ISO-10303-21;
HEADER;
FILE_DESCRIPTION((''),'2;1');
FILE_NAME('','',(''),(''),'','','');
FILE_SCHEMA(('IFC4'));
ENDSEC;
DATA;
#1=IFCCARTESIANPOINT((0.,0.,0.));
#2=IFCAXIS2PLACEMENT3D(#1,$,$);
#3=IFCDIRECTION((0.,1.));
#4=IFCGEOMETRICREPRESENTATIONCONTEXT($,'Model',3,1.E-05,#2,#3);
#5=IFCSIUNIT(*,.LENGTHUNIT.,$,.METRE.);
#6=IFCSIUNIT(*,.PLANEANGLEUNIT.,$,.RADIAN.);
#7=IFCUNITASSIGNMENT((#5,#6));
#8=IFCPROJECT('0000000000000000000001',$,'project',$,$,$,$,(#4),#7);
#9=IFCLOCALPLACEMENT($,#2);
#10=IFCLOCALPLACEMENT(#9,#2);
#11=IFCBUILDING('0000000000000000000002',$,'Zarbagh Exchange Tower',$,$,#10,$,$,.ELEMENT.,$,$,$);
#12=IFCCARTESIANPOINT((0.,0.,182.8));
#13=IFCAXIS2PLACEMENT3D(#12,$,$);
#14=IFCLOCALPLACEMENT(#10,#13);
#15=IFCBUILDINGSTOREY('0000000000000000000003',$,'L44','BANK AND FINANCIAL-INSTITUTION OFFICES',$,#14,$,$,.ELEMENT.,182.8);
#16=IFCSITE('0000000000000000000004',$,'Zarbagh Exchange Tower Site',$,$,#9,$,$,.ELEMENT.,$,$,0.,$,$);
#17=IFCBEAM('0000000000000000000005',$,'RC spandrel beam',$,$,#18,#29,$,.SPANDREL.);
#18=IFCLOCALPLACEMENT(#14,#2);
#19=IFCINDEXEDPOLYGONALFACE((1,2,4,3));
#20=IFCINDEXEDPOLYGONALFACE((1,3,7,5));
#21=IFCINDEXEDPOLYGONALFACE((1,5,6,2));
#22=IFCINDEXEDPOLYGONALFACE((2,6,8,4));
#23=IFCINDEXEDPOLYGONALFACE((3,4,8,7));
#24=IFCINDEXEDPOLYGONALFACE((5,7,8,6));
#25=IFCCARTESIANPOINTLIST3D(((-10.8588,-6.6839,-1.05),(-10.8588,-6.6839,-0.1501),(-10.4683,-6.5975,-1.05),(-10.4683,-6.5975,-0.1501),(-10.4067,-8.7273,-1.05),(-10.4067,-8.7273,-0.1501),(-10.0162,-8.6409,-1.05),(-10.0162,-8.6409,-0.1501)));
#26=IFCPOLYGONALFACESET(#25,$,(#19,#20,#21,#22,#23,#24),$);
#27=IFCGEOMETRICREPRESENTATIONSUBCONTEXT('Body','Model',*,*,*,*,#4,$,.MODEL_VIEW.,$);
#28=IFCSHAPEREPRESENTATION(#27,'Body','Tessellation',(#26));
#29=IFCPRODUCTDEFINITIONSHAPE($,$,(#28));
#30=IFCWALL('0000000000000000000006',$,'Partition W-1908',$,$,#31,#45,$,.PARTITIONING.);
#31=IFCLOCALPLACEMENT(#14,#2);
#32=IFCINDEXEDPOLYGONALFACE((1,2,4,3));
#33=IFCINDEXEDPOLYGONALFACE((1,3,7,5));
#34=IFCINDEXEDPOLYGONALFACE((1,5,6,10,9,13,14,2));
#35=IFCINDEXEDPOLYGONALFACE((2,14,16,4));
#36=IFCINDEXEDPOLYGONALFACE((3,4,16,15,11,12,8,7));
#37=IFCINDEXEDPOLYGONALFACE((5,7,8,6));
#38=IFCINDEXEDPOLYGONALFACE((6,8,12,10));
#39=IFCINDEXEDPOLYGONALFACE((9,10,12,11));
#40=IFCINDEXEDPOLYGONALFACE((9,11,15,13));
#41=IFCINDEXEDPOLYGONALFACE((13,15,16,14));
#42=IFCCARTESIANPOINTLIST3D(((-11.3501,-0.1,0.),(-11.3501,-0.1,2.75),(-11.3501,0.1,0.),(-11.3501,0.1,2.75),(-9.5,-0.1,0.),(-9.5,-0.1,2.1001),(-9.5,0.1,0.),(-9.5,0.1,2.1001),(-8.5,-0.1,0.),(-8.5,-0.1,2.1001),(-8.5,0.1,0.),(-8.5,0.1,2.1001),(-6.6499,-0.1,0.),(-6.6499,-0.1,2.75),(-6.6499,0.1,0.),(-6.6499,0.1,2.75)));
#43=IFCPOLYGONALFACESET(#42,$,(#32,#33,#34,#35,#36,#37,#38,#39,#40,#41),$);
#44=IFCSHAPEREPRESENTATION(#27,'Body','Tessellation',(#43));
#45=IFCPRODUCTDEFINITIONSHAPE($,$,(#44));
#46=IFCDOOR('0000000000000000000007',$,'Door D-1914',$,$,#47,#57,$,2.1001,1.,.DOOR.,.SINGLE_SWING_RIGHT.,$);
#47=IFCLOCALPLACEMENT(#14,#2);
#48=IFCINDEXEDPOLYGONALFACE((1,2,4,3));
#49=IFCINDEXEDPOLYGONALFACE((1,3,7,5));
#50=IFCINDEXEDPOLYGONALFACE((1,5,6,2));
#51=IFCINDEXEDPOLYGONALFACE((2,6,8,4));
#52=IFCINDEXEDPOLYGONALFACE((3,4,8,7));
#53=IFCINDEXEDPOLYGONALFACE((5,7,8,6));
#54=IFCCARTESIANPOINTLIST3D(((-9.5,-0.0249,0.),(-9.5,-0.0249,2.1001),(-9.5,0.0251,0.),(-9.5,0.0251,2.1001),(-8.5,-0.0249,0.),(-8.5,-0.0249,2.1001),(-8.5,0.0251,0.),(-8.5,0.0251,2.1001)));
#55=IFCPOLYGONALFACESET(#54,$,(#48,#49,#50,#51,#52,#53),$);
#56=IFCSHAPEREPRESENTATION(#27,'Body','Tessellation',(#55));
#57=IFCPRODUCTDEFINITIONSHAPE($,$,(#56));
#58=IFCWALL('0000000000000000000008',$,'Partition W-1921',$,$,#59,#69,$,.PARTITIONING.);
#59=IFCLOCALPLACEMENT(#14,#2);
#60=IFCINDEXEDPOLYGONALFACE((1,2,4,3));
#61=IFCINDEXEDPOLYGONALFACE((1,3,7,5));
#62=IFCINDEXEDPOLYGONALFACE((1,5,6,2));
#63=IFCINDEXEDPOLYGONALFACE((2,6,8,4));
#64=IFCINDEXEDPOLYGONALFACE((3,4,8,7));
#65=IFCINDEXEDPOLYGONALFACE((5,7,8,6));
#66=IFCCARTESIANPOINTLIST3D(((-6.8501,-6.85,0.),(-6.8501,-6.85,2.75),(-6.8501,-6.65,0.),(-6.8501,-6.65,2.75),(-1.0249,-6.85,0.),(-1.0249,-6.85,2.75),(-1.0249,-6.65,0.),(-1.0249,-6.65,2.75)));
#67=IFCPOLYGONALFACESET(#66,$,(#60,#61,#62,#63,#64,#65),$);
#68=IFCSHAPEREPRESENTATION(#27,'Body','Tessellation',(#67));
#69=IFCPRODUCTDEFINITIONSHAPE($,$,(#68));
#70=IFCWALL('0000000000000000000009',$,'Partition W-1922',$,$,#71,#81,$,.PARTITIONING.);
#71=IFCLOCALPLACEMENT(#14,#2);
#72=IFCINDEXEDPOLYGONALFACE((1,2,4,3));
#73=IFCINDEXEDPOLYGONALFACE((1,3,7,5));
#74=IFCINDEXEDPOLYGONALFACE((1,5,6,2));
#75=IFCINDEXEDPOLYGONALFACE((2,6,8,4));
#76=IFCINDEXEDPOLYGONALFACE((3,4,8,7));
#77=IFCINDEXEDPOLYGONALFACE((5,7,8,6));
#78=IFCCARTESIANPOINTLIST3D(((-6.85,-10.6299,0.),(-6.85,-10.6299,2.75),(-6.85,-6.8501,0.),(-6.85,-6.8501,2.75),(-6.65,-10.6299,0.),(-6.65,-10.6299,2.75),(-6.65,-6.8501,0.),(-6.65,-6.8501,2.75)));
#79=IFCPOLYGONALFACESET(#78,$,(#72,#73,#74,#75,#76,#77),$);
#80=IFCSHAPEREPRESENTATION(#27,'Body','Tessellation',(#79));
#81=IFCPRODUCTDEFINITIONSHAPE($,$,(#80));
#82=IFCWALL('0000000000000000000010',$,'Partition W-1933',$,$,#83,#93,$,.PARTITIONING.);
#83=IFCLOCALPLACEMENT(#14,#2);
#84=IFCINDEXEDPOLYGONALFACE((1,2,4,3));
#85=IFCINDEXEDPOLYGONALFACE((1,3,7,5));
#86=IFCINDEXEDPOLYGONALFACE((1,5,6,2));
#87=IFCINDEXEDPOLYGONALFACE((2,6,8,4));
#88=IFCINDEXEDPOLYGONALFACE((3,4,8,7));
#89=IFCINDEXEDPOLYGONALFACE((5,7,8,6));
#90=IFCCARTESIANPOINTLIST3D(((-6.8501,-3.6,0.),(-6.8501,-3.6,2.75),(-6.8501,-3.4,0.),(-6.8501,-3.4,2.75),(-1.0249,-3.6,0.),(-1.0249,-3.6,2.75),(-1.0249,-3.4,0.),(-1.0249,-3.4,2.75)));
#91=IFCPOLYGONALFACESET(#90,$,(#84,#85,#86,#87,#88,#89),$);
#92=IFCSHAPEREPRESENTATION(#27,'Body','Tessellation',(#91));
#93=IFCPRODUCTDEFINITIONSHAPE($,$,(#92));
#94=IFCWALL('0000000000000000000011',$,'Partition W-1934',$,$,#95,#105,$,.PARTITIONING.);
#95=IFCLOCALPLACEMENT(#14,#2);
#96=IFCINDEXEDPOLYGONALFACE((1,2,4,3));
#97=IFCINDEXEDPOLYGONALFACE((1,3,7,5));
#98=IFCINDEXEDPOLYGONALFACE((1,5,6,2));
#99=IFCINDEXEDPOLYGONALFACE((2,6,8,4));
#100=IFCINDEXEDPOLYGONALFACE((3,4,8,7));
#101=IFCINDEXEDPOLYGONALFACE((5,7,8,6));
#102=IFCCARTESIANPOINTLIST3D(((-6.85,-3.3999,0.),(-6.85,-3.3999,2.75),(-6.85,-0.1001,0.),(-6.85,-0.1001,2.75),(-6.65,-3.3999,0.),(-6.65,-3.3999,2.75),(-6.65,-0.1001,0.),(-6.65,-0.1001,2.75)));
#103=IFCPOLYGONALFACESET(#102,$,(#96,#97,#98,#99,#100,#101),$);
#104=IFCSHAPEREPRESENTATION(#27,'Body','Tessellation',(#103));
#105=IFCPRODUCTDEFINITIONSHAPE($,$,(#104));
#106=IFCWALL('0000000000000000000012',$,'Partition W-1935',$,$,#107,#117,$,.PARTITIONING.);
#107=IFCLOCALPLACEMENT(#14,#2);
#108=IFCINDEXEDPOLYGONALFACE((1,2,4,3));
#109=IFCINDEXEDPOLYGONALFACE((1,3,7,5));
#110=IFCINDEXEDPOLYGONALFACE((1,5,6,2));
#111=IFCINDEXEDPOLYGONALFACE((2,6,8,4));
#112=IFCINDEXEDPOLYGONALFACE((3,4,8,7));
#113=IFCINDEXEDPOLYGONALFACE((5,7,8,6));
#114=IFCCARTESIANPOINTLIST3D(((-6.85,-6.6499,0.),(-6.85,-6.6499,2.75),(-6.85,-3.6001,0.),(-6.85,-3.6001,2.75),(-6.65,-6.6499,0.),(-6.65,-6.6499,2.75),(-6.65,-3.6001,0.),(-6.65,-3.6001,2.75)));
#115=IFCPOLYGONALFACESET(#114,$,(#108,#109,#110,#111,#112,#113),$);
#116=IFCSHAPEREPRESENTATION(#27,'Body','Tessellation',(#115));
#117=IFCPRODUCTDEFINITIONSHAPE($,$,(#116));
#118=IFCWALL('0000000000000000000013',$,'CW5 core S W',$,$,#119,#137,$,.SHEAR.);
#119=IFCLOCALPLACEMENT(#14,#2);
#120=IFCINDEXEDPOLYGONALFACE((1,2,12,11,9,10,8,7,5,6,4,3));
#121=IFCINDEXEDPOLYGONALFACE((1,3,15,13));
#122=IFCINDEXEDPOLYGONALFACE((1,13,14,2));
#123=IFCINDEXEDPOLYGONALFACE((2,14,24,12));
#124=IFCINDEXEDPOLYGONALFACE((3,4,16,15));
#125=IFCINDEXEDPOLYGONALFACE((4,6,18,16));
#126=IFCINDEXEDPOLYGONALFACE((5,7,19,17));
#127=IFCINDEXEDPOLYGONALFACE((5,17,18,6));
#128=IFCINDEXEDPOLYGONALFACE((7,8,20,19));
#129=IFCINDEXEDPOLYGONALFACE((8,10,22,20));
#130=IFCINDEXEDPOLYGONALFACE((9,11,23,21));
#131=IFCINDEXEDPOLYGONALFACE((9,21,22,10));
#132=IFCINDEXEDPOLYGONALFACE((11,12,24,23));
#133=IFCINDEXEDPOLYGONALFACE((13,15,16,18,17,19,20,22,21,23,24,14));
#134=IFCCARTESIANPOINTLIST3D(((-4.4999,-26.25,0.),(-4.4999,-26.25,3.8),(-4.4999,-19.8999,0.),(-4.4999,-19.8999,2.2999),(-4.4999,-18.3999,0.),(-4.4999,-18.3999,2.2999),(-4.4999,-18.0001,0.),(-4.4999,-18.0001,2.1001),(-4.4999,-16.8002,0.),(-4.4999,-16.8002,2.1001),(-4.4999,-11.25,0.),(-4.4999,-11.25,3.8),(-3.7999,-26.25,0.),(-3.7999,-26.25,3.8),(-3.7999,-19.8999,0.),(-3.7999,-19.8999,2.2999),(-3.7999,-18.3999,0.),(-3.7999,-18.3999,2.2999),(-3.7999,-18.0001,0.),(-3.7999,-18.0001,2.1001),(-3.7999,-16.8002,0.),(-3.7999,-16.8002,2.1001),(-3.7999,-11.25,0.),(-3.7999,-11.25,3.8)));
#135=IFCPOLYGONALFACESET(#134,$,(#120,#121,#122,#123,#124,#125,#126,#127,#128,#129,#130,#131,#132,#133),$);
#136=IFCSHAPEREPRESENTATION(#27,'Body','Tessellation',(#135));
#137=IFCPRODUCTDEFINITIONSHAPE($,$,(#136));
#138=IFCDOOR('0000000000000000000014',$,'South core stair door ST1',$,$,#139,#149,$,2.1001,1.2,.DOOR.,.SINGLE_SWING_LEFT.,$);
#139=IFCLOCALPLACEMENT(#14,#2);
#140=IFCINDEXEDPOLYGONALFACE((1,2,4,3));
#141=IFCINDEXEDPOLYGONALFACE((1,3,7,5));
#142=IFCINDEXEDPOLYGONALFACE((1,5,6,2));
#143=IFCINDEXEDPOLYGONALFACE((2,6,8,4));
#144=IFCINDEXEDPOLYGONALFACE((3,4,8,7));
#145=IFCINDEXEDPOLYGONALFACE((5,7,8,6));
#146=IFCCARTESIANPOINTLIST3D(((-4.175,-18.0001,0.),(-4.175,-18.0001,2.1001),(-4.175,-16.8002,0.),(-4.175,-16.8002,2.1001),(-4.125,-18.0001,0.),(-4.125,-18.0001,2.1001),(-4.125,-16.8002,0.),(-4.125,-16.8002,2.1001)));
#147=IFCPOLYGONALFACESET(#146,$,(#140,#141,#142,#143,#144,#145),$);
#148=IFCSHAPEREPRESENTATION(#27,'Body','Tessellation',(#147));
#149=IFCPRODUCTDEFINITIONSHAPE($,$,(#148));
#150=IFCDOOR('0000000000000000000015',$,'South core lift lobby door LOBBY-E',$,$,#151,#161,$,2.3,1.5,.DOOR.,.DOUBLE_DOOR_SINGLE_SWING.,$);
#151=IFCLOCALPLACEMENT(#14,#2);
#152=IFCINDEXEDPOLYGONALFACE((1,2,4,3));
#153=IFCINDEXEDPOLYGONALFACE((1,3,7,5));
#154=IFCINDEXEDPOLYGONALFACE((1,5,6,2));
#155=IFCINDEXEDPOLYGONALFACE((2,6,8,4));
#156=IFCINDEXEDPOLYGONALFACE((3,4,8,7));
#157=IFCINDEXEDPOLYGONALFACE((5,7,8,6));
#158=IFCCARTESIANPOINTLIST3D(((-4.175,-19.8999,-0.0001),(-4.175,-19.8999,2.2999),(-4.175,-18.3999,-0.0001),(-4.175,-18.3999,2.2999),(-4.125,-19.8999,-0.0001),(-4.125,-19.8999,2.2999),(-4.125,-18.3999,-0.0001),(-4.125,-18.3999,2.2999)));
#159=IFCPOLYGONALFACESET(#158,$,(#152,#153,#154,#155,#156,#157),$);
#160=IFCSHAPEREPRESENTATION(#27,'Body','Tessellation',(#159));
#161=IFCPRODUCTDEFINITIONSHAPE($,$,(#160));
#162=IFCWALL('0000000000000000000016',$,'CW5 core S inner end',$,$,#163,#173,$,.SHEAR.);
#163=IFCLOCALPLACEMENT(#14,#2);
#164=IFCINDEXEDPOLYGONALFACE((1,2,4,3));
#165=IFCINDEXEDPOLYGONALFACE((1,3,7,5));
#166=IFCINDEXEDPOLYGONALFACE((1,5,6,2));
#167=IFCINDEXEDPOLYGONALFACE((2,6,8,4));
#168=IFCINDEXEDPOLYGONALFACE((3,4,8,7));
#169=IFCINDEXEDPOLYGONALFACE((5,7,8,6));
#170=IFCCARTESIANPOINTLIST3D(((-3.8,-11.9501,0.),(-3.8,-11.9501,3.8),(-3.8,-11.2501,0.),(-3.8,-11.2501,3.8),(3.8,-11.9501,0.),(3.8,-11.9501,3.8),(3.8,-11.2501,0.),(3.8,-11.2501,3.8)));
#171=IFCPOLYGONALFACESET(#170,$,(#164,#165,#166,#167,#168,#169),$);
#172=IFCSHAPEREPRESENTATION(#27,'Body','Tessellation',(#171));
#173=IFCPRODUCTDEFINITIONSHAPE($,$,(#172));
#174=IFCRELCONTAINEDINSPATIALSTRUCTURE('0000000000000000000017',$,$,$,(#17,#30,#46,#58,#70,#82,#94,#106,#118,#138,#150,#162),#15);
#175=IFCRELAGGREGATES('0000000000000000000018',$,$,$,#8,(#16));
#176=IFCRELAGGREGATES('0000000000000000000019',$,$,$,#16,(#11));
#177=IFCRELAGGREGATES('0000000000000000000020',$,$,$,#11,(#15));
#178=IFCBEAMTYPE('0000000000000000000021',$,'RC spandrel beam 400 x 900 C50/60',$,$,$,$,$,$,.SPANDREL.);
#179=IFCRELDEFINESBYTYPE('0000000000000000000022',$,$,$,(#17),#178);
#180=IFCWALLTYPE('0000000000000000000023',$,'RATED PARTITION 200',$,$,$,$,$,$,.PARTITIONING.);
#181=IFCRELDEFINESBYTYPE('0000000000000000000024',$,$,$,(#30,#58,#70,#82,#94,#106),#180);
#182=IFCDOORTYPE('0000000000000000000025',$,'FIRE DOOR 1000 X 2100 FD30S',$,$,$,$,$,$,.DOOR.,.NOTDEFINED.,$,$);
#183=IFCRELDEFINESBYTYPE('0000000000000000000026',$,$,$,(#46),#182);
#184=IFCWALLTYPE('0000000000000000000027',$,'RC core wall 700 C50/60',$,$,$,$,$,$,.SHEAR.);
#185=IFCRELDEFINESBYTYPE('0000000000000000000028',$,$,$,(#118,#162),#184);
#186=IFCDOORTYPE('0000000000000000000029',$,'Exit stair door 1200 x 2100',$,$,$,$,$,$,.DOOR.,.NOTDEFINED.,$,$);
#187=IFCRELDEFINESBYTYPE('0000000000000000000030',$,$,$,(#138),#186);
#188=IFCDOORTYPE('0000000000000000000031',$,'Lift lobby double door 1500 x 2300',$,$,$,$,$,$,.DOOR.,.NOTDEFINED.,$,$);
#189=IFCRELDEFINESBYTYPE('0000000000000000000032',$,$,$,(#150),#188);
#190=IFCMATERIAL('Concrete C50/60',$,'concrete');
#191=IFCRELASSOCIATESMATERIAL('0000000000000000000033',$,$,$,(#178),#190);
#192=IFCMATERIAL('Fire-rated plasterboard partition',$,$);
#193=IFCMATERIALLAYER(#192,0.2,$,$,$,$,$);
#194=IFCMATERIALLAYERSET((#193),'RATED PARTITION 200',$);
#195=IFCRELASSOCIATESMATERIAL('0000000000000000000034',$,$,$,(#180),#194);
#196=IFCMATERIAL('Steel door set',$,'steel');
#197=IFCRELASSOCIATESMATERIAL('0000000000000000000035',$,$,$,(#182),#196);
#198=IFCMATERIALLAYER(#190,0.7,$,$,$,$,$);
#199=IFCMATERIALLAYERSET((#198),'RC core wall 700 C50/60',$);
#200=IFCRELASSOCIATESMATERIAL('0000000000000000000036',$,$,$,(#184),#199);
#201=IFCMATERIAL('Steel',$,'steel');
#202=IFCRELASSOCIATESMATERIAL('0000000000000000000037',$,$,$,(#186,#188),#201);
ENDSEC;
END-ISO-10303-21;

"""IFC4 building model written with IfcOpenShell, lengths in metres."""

from ifc_helpers import new_model, si_unit, direction, frame, frame_2d, origin, origin_2d, place, context, subcontext, project, spatial, rectangle, extrude, material, layer, layer_set, material_profile, profile_set, type_object, element, fill, save


model = new_model("IFC4")

# Units and contexts
model_context = context("Model", 3, precision=1e-05, world=origin(), true_north=direction((0.0, 1.0)))
body_context = subcontext(model_context, "Body", "Model", "MODEL_VIEW")
ifc_project = project(units=[si_unit("LENGTHUNIT", "METRE"), si_unit("PLANEANGLEUNIT", "RADIAN")], contexts=[model_context])

# Site, building, storey
site_placement = place(None, origin())
site = spatial("IfcSite", under=ifc_project, at=site_placement, Name="Zarbagh Exchange Tower Site", CompositionType="ELEMENT", RefElevation=0.0)
building_placement = place(site_placement, origin())
building = spatial("IfcBuilding", under=site, at=building_placement, Name="Zarbagh Exchange Tower", CompositionType="ELEMENT")
storey_placement = place(building_placement, frame((0.0, 0.0, 182.8)))
storey = spatial("IfcBuildingStorey", under=building, at=storey_placement, Name="L44", Description="BANK AND FINANCIAL-INSTITUTION OFFICES", CompositionType="ELEMENT", Elevation=182.8)

# Shared definitions
ifc_material_1 = material(Name="Concrete C50/60", Category="concrete")

# Beam
ifc_material_profile_1 = material_profile(ifc_material_1, rectangle(XDim=0.3999, YDim=0.8999, at=origin_2d()), Name="RC spandrel beam 400 x 900 C50/60")
ifc_profile_set_1 = profile_set([ifc_material_profile_1], Name="Concrete C50/60")
beam_type_1 = type_object("IfcBeamType", Name="RC spandrel beam 400 x 900 C50/60", PredefinedType="SPANDREL", material=ifc_profile_set_1)
beam_1_placement = place(storey_placement, frame((-10.2114, -8.6841, -0.6001), z_axis=(-0.216041, 0.976384, 0.0), x_axis=(-0.976384, -0.216041, 0.0)))
element("IfcBeam", 1, at=beam_1_placement, inside=storey, type_object=beam_type_1, Name="RC spandrel beam", PredefinedType="SPANDREL", context=body_context, shape_type="SweptSolid", body=[
    extrude(rectangle(XDim=0.3999, YDim=0.8999, at=origin_2d()), origin(), (0.0, 0.0, 1.0), 2.0928),
])

# Wall, opening, door
ifc_material_2 = material(Name="Fire-rated plasterboard partition")
ifc_layer_1 = layer(ifc_material_2, 0.2)
ifc_layer_set_1 = layer_set([ifc_layer_1], Name="RATED PARTITION 200")
wall_type_1 = type_object("IfcWallType", Name="RATED PARTITION 200", PredefinedType="PARTITIONING", material=ifc_layer_set_1)
wall_1_placement = place(storey_placement, frame((-6.6499, 0.0, 0.0), z_axis=(0.0, 0.0, 1.0), x_axis=(-1.0, 0.0, 0.0)))
wall_1 = element("IfcWall", 2, at=wall_1_placement, inside=storey, type_object=wall_type_1, Name="Partition W-1908", PredefinedType="PARTITIONING", context=body_context, shape_type="SweptSolid", body=[
    extrude(rectangle(XDim=4.7002, YDim=0.2, at=frame_2d((2.3501, 0.0))), origin(), (0.0, 0.0, 1.0), 2.75),
])
opening_1_placement = place(wall_1_placement, frame((1.8501, 0.0, 0.0)))
opening_1 = element("IfcOpeningElement", 3, at=opening_1_placement, cuts=wall_1, PredefinedType="OPENING", context=body_context, shape_type="SweptSolid", body=[
    extrude(rectangle(XDim=1.0, YDim=2.1001, at=frame_2d((0.5, 1.05))), frame((0.0, 0.1099, 0.0), z_axis=(0.0, -1.0, 0.0), x_axis=(1.0, 0.0, 0.0)), (0.0, 0.0, 1.0), 0.22),
])
ifc_material_3 = material(Name="Steel door set", Category="steel")
door_type_1 = type_object("IfcDoorType", Name="FIRE DOOR 1000 X 2100 FD30S", OperationType="NOTDEFINED", PredefinedType="DOOR", material=ifc_material_3)
door_1_placement = place(opening_1_placement, origin())
door_1 = element("IfcDoor", 4, at=door_1_placement, inside=storey, type_object=door_type_1, Name="Door D-1914", OperationType="SINGLE_SWING_RIGHT", OverallHeight=2.1001, OverallWidth=1.0, PredefinedType="DOOR", context=body_context, shape_type="SweptSolid", body=[
    extrude(rectangle(XDim=1.0, YDim=2.1001, at=frame_2d((0.5, 1.05))), frame((0.0, 0.0249, 0.0), z_axis=(0.0, -1.0, 0.0), x_axis=(1.0, 0.0, 0.0)), (0.0, 0.0, 1.0), 0.05),
])
fill(opening_1, door_1)

# Walls
wall_2_placement = place(storey_placement, frame((-6.8501, -6.75, 0.0), z_axis=(0.0, 0.0, 1.0), x_axis=(1.0, 0.0, 0.0)))
element("IfcWall", 5, at=wall_2_placement, inside=storey, type_object=wall_type_1, Name="Partition W-1921", PredefinedType="PARTITIONING", context=body_context, shape_type="SweptSolid", body=[
    extrude(rectangle(XDim=5.8252, YDim=0.2, at=frame_2d((2.9126, 0.0))), origin(), (0.0, 0.0, 1.0), 2.75),
])
wall_3_placement = place(storey_placement, frame((-6.75, -10.6299, 0.0), z_axis=(0.0, 0.0, 1.0), x_axis=(0.0, 1.0, 0.0)))
element("IfcWall", 6, at=wall_3_placement, inside=storey, type_object=wall_type_1, Name="Partition W-1922", PredefinedType="PARTITIONING", context=body_context, shape_type="SweptSolid", body=[
    extrude(rectangle(XDim=3.7798, YDim=0.2, at=frame_2d((1.8899, 0.0))), origin(), (0.0, 0.0, 1.0), 2.75),
])
wall_4_placement = place(storey_placement, frame((-6.8501, -3.5, 0.0), z_axis=(0.0, 0.0, 1.0), x_axis=(1.0, 0.0, 0.0)))
element("IfcWall", 7, at=wall_4_placement, inside=storey, type_object=wall_type_1, Name="Partition W-1933", PredefinedType="PARTITIONING", context=body_context, shape_type="SweptSolid", body=[
    extrude(rectangle(XDim=5.8252, YDim=0.2, at=frame_2d((2.9126, 0.0))), origin(), (0.0, 0.0, 1.0), 2.75),
])
wall_5_placement = place(storey_placement, frame((-6.75, -3.3999, 0.0), z_axis=(0.0, 0.0, 1.0), x_axis=(0.0, 1.0, 0.0)))
element("IfcWall", 8, at=wall_5_placement, inside=storey, type_object=wall_type_1, Name="Partition W-1934", PredefinedType="PARTITIONING", context=body_context, shape_type="SweptSolid", body=[
    extrude(rectangle(XDim=3.2998, YDim=0.2, at=frame_2d((1.6499, 0.0))), origin(), (0.0, 0.0, 1.0), 2.75),
])
wall_6_placement = place(storey_placement, frame((-6.75, -6.6499, 0.0), z_axis=(0.0, 0.0, 1.0), x_axis=(0.0, 1.0, 0.0)))
element("IfcWall", 9, at=wall_6_placement, inside=storey, type_object=wall_type_1, Name="Partition W-1935", PredefinedType="PARTITIONING", context=body_context, shape_type="SweptSolid", body=[
    extrude(rectangle(XDim=3.0498, YDim=0.2, at=frame_2d((1.5249, 0.0))), origin(), (0.0, 0.0, 1.0), 2.75),
])

# Wall, openings, doors
ifc_layer_2 = layer(ifc_material_1, 0.7)
ifc_layer_set_2 = layer_set([ifc_layer_2], Name="RC core wall 700 C50/60")
wall_type_2 = type_object("IfcWallType", Name="RC core wall 700 C50/60", PredefinedType="SHEAR", material=ifc_layer_set_2)
wall_7_placement = place(storey_placement, frame((-4.1499, -11.25, 0.0), z_axis=(0.0, 0.0, 1.0), x_axis=(0.0, -1.0, 0.0)))
wall_7 = element("IfcWall", 10, at=wall_7_placement, inside=storey, type_object=wall_type_2, Name="CW5 core S W", PredefinedType="SHEAR", context=body_context, shape_type="SweptSolid", body=[
    extrude(rectangle(XDim=15.0, YDim=0.7, at=frame_2d((7.5, 0.0))), origin(), (0.0, 0.0, 1.0), 3.8),
])
opening_2_placement = place(wall_7_placement, frame((7.1499, 0.0, 0.0)))
opening_2 = element("IfcOpeningElement", 11, at=opening_2_placement, cuts=wall_7, PredefinedType="OPENING", context=body_context, shape_type="SweptSolid", body=[
    extrude(rectangle(XDim=1.5, YDim=2.3, at=frame_2d((0.75, 1.1499))), frame((0.0, 0.3599, 0.0), z_axis=(0.0, -1.0, 0.0), x_axis=(1.0, 0.0, 0.0)), (0.0, 0.0, 1.0), 0.72),
])
opening_3_placement = place(wall_7_placement, frame((5.55, 0.0, 0.0)))
opening_3 = element("IfcOpeningElement", 12, at=opening_3_placement, cuts=wall_7, PredefinedType="OPENING", context=body_context, shape_type="SweptSolid", body=[
    extrude(rectangle(XDim=1.2, YDim=2.1001, at=frame_2d((0.6001, 1.05))), frame((0.0, 0.3599, 0.0), z_axis=(0.0, -1.0, 0.0), x_axis=(1.0, 0.0, 0.0)), (0.0, 0.0, 1.0), 0.72),
])
ifc_material_4 = material(Name="Steel", Category="steel")
door_type_2 = type_object("IfcDoorType", Name="Exit stair door 1200 x 2100", OperationType="NOTDEFINED", PredefinedType="DOOR", material=ifc_material_4)
door_2_placement = place(opening_3_placement, origin())
door_2 = element("IfcDoor", 13, at=door_2_placement, inside=storey, type_object=door_type_2, Name="South core stair door ST1", OperationType="SINGLE_SWING_LEFT", OverallHeight=2.1001, OverallWidth=1.2, PredefinedType="DOOR", context=body_context, shape_type="SweptSolid", body=[
    extrude(rectangle(XDim=1.2, YDim=2.1001, at=frame_2d((0.6001, 1.05))), frame((0.0, 0.0249, 0.0), z_axis=(0.0, -1.0, 0.0), x_axis=(1.0, 0.0, 0.0)), (0.0, 0.0, 1.0), 0.05),
])
fill(opening_3, door_2)
door_type_3 = type_object("IfcDoorType", Name="Lift lobby double door 1500 x 2300", OperationType="NOTDEFINED", PredefinedType="DOOR", material=ifc_material_4)
door_3_placement = place(opening_2_placement, origin())
door_3 = element("IfcDoor", 14, at=door_3_placement, inside=storey, type_object=door_type_3, Name="South core lift lobby door LOBBY-E", OperationType="DOUBLE_DOOR_SINGLE_SWING", OverallHeight=2.3, OverallWidth=1.5, PredefinedType="DOOR", context=body_context, shape_type="SweptSolid", body=[
    extrude(rectangle(XDim=1.5, YDim=2.3, at=frame_2d((0.75, 1.1499))), frame((0.0, 0.0249, 0.0), z_axis=(0.0, -1.0, 0.0), x_axis=(1.0, 0.0, 0.0)), (0.0, 0.0, 1.0), 0.05),
])
fill(opening_2, door_3)

# Wall
wall_8_placement = place(storey_placement, frame((-3.8, -11.6001, 0.0), z_axis=(0.0, 0.0, 1.0), x_axis=(1.0, 0.0, 0.0)))
element("IfcWall", 15, at=wall_8_placement, inside=storey, type_object=wall_type_2, Name="CW5 core S inner end", PredefinedType="SHEAR", context=body_context, shape_type="SweptSolid", body=[
    extrude(rectangle(XDim=7.6001, YDim=0.7, at=frame_2d((3.8, 0.0))), origin(), (0.0, 0.0, 1.0), 3.8),
])

save(model, "model.ifc")
